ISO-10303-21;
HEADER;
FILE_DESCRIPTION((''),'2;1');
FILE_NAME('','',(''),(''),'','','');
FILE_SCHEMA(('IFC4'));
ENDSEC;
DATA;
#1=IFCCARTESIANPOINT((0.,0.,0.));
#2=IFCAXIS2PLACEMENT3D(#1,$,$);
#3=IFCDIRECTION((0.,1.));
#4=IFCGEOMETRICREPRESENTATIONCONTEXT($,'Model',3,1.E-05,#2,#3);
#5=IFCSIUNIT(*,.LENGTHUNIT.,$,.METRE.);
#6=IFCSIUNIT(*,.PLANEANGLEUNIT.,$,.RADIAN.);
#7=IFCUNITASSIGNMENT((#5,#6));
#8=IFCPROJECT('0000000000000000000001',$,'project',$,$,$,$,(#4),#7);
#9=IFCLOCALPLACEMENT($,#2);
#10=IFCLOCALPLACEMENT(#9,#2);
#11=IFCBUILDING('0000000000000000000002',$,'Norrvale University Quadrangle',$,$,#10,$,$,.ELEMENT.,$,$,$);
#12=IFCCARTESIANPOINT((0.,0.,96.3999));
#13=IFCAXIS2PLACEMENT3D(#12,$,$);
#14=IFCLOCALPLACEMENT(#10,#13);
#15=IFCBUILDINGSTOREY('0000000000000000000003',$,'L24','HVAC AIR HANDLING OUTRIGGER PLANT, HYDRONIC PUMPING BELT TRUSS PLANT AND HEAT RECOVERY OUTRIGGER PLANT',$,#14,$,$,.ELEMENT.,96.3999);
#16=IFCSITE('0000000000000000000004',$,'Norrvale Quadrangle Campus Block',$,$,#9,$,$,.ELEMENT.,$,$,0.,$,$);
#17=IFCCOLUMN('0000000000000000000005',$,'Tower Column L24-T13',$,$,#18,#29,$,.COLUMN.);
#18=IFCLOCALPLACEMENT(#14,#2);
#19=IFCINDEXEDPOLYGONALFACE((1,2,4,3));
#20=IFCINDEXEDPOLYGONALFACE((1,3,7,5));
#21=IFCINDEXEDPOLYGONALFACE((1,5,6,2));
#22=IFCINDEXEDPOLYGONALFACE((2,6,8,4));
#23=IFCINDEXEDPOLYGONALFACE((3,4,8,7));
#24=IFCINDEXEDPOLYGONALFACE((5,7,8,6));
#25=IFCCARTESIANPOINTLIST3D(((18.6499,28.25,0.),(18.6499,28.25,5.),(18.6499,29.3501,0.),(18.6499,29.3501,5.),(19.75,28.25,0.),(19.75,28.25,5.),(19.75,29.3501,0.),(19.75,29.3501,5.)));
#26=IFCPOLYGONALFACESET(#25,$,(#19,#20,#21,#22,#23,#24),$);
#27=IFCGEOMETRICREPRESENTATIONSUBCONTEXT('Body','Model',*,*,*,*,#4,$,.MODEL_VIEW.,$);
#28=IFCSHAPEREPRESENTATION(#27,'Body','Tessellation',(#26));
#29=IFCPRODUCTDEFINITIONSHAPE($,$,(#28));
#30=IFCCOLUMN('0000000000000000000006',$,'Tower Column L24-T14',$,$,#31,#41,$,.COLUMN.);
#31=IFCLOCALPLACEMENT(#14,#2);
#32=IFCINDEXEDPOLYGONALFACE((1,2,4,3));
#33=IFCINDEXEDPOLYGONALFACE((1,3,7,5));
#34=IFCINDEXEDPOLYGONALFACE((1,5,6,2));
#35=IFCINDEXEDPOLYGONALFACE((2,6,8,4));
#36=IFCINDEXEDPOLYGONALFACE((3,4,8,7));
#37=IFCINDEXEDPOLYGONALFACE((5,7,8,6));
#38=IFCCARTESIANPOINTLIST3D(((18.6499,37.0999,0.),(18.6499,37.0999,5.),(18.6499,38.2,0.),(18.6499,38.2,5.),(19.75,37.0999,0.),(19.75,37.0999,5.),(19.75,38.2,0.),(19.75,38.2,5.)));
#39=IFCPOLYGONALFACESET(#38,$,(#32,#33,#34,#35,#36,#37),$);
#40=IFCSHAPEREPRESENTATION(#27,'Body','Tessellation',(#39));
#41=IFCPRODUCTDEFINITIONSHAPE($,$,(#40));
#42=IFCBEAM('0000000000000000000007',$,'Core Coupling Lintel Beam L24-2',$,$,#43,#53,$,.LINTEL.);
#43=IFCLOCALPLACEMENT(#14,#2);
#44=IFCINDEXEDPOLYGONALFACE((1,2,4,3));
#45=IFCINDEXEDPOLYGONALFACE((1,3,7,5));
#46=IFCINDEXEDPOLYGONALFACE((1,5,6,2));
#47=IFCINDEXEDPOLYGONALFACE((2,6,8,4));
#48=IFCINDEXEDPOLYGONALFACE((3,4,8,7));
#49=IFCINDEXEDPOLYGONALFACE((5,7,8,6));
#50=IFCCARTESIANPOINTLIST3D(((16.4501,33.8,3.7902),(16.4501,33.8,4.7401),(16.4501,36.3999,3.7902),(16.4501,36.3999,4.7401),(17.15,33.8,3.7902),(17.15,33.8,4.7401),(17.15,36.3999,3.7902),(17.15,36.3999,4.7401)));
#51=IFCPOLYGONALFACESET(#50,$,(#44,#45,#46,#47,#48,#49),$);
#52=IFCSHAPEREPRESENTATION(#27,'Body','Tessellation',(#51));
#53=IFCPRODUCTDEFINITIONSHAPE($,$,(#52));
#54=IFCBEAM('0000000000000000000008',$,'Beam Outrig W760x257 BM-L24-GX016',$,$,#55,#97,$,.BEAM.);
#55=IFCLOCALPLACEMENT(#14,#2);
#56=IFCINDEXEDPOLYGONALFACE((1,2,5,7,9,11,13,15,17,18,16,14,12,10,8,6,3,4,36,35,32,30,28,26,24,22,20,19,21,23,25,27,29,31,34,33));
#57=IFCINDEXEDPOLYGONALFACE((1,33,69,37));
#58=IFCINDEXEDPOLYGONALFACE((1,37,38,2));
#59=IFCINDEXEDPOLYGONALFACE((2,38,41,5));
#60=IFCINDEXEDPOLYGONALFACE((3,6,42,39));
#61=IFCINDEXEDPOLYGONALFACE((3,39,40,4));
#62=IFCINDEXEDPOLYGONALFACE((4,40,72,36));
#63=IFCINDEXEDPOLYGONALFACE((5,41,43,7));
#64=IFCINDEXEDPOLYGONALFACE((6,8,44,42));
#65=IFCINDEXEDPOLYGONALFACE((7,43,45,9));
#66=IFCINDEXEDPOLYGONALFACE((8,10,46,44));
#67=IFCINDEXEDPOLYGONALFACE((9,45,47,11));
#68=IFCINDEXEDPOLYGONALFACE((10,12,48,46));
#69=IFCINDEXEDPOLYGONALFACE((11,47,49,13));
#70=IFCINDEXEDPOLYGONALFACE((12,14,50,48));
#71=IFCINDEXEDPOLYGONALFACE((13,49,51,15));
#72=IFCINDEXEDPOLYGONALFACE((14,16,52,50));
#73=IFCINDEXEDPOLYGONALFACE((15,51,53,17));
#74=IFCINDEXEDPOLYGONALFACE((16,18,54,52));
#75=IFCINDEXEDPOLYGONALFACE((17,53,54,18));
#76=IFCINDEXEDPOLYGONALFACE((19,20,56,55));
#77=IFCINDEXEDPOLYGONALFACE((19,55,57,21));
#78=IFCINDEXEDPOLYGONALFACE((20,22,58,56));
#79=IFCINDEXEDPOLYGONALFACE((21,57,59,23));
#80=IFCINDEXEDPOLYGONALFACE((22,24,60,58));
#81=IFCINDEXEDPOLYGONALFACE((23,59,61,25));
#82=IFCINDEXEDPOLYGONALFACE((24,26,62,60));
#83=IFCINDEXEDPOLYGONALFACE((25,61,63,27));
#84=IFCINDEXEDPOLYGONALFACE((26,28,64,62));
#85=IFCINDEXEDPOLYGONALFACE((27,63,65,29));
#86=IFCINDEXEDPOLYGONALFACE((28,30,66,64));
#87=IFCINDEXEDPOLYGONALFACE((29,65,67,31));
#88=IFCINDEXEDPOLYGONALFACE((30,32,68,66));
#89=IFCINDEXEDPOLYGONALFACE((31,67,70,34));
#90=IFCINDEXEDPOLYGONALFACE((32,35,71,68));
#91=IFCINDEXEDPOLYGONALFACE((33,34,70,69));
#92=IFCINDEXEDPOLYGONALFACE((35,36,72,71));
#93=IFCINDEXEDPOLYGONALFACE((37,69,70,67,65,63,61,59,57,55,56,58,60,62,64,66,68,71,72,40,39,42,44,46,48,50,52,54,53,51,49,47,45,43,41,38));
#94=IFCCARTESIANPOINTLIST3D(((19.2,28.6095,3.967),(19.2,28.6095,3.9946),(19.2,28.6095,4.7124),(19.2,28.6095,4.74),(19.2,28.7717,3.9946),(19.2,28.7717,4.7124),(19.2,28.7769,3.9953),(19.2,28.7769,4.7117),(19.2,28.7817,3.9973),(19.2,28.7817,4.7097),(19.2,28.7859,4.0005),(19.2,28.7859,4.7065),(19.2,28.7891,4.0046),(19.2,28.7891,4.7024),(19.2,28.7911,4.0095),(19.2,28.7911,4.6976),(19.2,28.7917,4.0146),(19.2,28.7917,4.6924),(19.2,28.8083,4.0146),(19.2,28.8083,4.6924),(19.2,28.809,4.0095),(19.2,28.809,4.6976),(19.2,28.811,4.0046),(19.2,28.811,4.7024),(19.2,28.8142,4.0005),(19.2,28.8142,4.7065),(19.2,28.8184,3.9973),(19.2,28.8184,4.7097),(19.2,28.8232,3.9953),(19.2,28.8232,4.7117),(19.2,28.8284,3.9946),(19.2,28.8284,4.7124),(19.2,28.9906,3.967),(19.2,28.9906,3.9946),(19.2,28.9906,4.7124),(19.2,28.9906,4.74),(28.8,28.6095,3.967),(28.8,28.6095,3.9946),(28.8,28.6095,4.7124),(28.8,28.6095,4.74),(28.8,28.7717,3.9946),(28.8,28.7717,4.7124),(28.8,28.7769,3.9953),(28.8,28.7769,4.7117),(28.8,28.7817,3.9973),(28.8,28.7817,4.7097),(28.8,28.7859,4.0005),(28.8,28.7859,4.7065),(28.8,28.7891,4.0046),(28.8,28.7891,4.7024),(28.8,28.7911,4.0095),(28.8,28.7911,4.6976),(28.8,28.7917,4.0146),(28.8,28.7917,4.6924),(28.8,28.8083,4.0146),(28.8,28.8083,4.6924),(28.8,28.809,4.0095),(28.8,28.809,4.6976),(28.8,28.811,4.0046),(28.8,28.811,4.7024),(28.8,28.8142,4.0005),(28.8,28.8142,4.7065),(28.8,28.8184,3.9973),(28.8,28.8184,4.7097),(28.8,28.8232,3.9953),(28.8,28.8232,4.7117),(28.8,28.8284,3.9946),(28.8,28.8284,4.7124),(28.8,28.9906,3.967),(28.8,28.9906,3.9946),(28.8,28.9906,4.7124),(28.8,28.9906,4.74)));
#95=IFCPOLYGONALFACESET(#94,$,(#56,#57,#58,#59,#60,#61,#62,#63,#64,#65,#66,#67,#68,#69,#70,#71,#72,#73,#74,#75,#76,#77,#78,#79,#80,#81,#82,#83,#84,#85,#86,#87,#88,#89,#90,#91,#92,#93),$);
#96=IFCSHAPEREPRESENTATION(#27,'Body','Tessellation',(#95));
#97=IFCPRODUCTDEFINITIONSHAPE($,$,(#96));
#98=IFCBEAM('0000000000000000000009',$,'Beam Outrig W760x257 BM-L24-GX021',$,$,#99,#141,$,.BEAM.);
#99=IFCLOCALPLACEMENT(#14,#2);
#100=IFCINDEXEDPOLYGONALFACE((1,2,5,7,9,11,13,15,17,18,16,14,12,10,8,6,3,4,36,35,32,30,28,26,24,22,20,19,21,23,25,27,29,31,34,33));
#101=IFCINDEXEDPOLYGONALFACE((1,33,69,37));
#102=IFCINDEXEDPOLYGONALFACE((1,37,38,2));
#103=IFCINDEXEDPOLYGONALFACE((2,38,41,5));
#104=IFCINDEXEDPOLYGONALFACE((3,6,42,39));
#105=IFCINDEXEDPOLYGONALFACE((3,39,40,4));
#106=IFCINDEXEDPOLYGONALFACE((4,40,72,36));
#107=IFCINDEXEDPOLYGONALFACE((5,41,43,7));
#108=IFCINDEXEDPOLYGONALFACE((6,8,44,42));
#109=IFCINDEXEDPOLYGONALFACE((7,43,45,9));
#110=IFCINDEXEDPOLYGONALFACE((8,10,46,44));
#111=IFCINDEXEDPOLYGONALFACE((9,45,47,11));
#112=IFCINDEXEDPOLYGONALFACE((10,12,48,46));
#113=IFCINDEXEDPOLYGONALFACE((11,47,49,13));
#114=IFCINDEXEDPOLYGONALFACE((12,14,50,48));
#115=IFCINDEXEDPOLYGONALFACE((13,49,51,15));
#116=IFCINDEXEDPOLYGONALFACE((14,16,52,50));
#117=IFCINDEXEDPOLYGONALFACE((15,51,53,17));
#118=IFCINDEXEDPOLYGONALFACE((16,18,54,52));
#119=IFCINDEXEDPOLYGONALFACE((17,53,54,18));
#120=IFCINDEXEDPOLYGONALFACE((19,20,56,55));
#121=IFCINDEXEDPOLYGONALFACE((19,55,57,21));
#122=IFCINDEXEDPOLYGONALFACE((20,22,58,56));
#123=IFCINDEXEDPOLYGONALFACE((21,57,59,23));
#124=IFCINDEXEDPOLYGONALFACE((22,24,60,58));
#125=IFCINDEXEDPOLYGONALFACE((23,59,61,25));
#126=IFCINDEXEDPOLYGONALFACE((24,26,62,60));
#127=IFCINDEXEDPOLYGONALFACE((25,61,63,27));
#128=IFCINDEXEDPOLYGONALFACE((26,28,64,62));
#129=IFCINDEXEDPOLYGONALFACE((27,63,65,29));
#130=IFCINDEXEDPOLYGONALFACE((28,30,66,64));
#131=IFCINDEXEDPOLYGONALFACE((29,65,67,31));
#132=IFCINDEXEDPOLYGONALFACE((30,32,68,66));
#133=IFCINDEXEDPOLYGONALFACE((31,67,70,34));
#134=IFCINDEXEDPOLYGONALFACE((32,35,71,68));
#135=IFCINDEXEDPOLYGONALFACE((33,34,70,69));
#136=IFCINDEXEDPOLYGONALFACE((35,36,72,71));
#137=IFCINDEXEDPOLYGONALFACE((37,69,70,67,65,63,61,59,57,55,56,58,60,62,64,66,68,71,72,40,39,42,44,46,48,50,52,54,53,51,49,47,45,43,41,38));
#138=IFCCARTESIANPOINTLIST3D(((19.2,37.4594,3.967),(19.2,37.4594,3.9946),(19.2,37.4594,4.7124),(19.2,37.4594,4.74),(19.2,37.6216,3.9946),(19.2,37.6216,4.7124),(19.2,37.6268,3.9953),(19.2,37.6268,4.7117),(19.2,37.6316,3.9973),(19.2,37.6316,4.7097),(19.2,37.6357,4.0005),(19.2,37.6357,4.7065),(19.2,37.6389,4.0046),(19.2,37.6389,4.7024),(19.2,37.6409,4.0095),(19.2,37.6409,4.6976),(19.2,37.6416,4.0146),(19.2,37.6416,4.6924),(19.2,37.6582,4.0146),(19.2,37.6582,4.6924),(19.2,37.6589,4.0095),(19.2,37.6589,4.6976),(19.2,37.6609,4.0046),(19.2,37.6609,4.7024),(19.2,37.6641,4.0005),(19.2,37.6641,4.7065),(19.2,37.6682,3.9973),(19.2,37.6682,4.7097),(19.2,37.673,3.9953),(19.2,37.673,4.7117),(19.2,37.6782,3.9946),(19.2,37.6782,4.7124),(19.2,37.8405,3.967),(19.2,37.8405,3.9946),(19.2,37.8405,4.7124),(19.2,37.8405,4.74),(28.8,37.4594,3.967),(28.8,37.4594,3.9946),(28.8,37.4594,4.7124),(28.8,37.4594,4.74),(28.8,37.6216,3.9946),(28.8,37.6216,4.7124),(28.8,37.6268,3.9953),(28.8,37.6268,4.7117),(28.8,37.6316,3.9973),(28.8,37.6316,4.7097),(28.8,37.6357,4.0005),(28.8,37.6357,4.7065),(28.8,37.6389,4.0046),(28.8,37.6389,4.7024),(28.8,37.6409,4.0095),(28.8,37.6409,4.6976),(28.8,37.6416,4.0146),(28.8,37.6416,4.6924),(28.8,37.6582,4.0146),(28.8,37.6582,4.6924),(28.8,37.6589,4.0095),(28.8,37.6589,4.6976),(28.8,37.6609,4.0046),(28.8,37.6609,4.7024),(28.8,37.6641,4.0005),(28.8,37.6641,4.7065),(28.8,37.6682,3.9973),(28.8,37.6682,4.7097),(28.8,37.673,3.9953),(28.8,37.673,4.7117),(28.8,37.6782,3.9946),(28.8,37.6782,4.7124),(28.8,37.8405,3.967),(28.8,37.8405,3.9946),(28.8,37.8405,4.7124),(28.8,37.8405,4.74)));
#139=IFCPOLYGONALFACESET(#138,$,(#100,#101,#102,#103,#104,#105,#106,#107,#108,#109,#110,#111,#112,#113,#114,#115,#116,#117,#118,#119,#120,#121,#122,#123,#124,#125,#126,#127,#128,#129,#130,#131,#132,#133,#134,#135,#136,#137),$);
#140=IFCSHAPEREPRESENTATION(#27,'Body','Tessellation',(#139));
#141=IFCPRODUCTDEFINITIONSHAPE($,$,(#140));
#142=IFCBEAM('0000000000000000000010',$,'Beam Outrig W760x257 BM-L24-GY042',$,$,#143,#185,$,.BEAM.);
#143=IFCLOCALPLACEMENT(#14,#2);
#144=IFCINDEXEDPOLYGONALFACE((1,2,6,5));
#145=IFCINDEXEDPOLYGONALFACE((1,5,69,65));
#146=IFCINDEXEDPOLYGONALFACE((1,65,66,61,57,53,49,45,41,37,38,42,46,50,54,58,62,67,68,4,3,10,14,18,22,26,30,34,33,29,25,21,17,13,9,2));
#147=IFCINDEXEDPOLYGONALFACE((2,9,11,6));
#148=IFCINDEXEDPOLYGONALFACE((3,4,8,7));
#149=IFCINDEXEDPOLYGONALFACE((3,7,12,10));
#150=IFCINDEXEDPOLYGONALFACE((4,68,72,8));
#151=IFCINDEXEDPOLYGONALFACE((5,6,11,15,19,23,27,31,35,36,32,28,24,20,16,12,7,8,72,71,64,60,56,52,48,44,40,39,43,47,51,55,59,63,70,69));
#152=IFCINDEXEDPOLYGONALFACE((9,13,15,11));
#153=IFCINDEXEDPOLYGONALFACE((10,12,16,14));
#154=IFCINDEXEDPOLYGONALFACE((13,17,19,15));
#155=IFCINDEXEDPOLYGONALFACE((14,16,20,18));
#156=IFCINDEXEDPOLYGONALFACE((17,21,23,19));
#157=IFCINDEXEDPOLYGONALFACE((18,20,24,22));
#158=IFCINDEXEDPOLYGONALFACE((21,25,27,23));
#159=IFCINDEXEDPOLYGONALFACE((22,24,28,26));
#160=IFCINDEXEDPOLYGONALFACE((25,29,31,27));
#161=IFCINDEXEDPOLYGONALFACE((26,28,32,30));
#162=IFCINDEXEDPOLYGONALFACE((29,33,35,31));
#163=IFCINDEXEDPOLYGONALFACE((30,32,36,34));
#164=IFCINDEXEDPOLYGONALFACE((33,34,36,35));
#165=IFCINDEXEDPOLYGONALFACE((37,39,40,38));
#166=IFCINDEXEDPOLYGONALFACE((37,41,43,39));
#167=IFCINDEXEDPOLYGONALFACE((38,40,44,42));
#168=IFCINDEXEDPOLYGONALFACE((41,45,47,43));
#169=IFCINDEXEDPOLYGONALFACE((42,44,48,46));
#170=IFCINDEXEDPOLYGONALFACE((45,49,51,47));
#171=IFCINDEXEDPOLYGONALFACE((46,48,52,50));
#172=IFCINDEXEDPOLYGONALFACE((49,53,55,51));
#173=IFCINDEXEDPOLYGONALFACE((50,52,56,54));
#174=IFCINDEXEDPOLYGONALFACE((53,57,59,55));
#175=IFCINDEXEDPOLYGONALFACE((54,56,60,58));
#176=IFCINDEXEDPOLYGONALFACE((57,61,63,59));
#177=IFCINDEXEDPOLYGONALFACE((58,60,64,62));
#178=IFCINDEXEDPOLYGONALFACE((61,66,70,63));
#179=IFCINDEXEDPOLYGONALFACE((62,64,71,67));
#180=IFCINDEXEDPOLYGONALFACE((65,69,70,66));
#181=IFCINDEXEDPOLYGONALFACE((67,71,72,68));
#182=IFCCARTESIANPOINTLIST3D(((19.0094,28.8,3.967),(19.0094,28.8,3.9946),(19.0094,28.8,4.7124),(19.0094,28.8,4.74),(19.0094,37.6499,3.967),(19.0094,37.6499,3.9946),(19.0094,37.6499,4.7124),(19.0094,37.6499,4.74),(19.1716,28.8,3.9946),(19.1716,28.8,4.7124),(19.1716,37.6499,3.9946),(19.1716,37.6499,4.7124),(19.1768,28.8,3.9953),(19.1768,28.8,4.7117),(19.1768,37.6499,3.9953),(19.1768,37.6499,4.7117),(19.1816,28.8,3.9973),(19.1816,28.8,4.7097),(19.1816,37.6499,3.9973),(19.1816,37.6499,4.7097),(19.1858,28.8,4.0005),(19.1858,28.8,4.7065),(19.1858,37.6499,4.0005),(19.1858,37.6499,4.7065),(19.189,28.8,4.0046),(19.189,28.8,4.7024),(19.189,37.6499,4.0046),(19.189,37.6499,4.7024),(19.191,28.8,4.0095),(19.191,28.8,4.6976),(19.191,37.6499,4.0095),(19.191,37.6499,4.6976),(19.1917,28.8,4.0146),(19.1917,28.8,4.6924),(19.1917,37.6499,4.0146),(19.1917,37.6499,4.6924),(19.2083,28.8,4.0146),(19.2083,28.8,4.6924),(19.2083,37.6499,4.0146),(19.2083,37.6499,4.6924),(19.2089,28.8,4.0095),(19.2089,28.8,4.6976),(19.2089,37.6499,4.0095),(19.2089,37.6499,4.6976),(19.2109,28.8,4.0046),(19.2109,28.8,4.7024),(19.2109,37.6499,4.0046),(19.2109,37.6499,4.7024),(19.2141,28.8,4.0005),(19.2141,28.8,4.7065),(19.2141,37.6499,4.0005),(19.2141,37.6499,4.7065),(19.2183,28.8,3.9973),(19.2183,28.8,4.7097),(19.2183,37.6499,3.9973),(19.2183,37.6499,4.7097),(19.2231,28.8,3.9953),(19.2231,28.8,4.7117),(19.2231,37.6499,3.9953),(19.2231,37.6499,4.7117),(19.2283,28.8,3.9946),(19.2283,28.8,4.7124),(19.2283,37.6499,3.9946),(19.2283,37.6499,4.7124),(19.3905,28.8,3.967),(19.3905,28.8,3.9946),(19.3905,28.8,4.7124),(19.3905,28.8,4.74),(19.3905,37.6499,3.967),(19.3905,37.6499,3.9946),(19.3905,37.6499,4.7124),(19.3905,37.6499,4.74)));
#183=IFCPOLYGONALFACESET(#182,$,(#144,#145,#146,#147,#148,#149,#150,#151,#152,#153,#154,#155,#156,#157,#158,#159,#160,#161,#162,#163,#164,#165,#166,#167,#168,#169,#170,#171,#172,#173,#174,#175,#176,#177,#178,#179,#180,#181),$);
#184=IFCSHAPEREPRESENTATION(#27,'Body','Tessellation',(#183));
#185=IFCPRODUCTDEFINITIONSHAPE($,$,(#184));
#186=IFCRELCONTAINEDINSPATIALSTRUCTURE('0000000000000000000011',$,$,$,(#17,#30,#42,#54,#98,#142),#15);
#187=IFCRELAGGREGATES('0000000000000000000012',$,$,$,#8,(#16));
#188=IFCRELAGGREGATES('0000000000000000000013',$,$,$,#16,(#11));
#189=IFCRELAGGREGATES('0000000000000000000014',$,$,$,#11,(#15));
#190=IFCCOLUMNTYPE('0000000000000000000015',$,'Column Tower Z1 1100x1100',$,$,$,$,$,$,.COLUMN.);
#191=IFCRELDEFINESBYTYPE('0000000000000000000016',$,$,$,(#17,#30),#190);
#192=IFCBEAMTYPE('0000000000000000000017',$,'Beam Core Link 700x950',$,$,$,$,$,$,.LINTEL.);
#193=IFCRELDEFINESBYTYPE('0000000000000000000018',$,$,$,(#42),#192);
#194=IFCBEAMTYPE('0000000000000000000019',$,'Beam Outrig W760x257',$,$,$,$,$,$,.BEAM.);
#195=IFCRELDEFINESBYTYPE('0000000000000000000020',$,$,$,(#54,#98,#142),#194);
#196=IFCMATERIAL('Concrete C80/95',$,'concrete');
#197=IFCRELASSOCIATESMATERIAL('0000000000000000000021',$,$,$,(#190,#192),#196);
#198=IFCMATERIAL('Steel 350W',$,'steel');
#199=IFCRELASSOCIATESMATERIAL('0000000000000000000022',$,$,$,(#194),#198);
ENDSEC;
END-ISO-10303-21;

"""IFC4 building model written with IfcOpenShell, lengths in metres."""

from ifc_helpers import new_model, si_unit, direction, frame, origin, origin_2d, place, context, subcontext, project, spatial, rectangle, i_section, extrude, material, material_profile, profile_set, type_object, element, save


model = new_model("IFC4")

# Units and contexts
model_context = context("Model", 3, precision=1e-05, world=origin(), true_north=direction((0.0, 1.0)))
body_context = subcontext(model_context, "Body", "Model", "MODEL_VIEW")
ifc_project = project(units=[si_unit("LENGTHUNIT", "METRE"), si_unit("PLANEANGLEUNIT", "RADIAN")], contexts=[model_context])

# Site, building, storey
site_placement = place(None, origin())
site = spatial("IfcSite", under=ifc_project, at=site_placement, Name="Norrvale Quadrangle Campus Block", CompositionType="ELEMENT", RefElevation=0.0)
building_placement = place(site_placement, origin())
building = spatial("IfcBuilding", under=site, at=building_placement, Name="Norrvale University Quadrangle", CompositionType="ELEMENT")
storey_placement = place(building_placement, frame((0.0, 0.0, 96.3999)))
storey = spatial("IfcBuildingStorey", under=building, at=storey_placement, Name="L24", Description="HVAC AIR HANDLING OUTRIGGER PLANT, HYDRONIC PUMPING BELT TRUSS PLANT AND HEAT RECOVERY OUTRIGGER PLANT", CompositionType="ELEMENT", Elevation=96.3999)

# Columns
ifc_material_1 = material(Name="Concrete C80/95", Category="concrete")
ifc_material_profile_1 = material_profile(ifc_material_1, rectangle(XDim=1.1001, YDim=1.1001, at=origin_2d()), Name="Concrete C80/95")
ifc_profile_set_1 = profile_set([ifc_material_profile_1], Name="Concrete C80/95")
column_type = type_object("IfcColumnType", Name="Column Tower Z1 1100x1100", PredefinedType="COLUMN", material=ifc_profile_set_1)
for number, where, z_axis, x_axis, name in (
    (1, (19.2, 28.8, 0.0), (0.0, 0.0, 1.0), (1.0, 0.0, 0.0), "Tower Column L24-T13"),
    (2, (19.2, 37.6499, 0.0), (0.0, 0.0, 1.0), (1.0, 0.0, 0.0), "Tower Column L24-T14"),
):
    element("IfcColumn", number, at=place(storey_placement, frame(where, z_axis=z_axis, x_axis=x_axis)), inside=storey, type_object=column_type, Name=name, PredefinedType="COLUMN", context=body_context, shape_type="SweptSolid", body=[
        extrude(rectangle(XDim=1.1001, YDim=1.1001, at=origin_2d()), origin(), (0.0, 0.0, 1.0), 5.0),
    ])

# Beams
ifc_material_profile_2 = material_profile(ifc_material_1, rectangle(XDim=0.7, YDim=0.95, at=origin_2d()), Name="Concrete C80/95")
ifc_profile_set_2 = profile_set([ifc_material_profile_2], Name="Concrete C80/95")
beam_type_1 = type_object("IfcBeamType", Name="Beam Core Link 700x950", PredefinedType="LINTEL", material=ifc_profile_set_2)
beam_1_placement = place(storey_placement, frame((16.8, 33.8, 4.2651), z_axis=(0.0, 1.0, 0.0), x_axis=(-1.0, 0.0, 0.0)))
element("IfcBeam", 3, at=beam_1_placement, inside=storey, type_object=beam_type_1, Name="Core Coupling Lintel Beam L24-2", PredefinedType="LINTEL", context=body_context, shape_type="SweptSolid", body=[
    extrude(rectangle(XDim=0.7, YDim=0.95, at=origin_2d()), origin(), (0.0, 0.0, 1.0), 2.5999),
])
ifc_material_2 = material(Name="Steel 350W", Category="steel")
ifc_material_profile_3 = material_profile(ifc_material_2, i_section(OverallWidth=0.3811, OverallDepth=0.7729, WebThickness=0.0166, FlangeThickness=0.0276, FilletRadius=0.02, at=origin_2d()), Name="Steel 350W")
ifc_profile_set_3 = profile_set([ifc_material_profile_3], Name="Steel 350W")
beam_type_2 = type_object("IfcBeamType", Name="Beam Outrig W760x257", PredefinedType="BEAM", material=ifc_profile_set_3)
for number, where, z_axis, x_axis, name in (
    (4, (19.2, 28.8, 4.3535), (1.0, 0.0, 0.0), (0.0, 1.0, 0.0), "Beam Outrig W760x257 BM-L24-GX016"),
    (5, (19.2, 37.6499, 4.3535), (1.0, 0.0, 0.0), (0.0, 1.0, 0.0), "Beam Outrig W760x257 BM-L24-GX021"),
):
    element("IfcBeam", number, at=place(storey_placement, frame(where, z_axis=z_axis, x_axis=x_axis)), inside=storey, type_object=beam_type_2, Name=name, PredefinedType="BEAM", context=body_context, shape_type="SweptSolid", body=[
        extrude(i_section(OverallWidth=0.3811, OverallDepth=0.7729, WebThickness=0.0166, FlangeThickness=0.0276, FilletRadius=0.02, at=origin_2d()), origin(), (0.0, 0.0, 1.0), 9.6001),
    ])
beam_2_placement = place(storey_placement, frame((19.2, 28.8, 4.3535), z_axis=(0.0, 1.0, 0.0), x_axis=(-1.0, 0.0, 0.0)))
element("IfcBeam", 6, at=beam_2_placement, inside=storey, type_object=beam_type_2, Name="Beam Outrig W760x257 BM-L24-GY042", PredefinedType="BEAM", context=body_context, shape_type="SweptSolid", body=[
    extrude(i_section(OverallWidth=0.3811, OverallDepth=0.7729, WebThickness=0.0166, FlangeThickness=0.0276, FilletRadius=0.02, at=origin_2d()), origin(), (0.0, 0.0, 1.0), 8.8499),
])

save(model, "model.ifc")
